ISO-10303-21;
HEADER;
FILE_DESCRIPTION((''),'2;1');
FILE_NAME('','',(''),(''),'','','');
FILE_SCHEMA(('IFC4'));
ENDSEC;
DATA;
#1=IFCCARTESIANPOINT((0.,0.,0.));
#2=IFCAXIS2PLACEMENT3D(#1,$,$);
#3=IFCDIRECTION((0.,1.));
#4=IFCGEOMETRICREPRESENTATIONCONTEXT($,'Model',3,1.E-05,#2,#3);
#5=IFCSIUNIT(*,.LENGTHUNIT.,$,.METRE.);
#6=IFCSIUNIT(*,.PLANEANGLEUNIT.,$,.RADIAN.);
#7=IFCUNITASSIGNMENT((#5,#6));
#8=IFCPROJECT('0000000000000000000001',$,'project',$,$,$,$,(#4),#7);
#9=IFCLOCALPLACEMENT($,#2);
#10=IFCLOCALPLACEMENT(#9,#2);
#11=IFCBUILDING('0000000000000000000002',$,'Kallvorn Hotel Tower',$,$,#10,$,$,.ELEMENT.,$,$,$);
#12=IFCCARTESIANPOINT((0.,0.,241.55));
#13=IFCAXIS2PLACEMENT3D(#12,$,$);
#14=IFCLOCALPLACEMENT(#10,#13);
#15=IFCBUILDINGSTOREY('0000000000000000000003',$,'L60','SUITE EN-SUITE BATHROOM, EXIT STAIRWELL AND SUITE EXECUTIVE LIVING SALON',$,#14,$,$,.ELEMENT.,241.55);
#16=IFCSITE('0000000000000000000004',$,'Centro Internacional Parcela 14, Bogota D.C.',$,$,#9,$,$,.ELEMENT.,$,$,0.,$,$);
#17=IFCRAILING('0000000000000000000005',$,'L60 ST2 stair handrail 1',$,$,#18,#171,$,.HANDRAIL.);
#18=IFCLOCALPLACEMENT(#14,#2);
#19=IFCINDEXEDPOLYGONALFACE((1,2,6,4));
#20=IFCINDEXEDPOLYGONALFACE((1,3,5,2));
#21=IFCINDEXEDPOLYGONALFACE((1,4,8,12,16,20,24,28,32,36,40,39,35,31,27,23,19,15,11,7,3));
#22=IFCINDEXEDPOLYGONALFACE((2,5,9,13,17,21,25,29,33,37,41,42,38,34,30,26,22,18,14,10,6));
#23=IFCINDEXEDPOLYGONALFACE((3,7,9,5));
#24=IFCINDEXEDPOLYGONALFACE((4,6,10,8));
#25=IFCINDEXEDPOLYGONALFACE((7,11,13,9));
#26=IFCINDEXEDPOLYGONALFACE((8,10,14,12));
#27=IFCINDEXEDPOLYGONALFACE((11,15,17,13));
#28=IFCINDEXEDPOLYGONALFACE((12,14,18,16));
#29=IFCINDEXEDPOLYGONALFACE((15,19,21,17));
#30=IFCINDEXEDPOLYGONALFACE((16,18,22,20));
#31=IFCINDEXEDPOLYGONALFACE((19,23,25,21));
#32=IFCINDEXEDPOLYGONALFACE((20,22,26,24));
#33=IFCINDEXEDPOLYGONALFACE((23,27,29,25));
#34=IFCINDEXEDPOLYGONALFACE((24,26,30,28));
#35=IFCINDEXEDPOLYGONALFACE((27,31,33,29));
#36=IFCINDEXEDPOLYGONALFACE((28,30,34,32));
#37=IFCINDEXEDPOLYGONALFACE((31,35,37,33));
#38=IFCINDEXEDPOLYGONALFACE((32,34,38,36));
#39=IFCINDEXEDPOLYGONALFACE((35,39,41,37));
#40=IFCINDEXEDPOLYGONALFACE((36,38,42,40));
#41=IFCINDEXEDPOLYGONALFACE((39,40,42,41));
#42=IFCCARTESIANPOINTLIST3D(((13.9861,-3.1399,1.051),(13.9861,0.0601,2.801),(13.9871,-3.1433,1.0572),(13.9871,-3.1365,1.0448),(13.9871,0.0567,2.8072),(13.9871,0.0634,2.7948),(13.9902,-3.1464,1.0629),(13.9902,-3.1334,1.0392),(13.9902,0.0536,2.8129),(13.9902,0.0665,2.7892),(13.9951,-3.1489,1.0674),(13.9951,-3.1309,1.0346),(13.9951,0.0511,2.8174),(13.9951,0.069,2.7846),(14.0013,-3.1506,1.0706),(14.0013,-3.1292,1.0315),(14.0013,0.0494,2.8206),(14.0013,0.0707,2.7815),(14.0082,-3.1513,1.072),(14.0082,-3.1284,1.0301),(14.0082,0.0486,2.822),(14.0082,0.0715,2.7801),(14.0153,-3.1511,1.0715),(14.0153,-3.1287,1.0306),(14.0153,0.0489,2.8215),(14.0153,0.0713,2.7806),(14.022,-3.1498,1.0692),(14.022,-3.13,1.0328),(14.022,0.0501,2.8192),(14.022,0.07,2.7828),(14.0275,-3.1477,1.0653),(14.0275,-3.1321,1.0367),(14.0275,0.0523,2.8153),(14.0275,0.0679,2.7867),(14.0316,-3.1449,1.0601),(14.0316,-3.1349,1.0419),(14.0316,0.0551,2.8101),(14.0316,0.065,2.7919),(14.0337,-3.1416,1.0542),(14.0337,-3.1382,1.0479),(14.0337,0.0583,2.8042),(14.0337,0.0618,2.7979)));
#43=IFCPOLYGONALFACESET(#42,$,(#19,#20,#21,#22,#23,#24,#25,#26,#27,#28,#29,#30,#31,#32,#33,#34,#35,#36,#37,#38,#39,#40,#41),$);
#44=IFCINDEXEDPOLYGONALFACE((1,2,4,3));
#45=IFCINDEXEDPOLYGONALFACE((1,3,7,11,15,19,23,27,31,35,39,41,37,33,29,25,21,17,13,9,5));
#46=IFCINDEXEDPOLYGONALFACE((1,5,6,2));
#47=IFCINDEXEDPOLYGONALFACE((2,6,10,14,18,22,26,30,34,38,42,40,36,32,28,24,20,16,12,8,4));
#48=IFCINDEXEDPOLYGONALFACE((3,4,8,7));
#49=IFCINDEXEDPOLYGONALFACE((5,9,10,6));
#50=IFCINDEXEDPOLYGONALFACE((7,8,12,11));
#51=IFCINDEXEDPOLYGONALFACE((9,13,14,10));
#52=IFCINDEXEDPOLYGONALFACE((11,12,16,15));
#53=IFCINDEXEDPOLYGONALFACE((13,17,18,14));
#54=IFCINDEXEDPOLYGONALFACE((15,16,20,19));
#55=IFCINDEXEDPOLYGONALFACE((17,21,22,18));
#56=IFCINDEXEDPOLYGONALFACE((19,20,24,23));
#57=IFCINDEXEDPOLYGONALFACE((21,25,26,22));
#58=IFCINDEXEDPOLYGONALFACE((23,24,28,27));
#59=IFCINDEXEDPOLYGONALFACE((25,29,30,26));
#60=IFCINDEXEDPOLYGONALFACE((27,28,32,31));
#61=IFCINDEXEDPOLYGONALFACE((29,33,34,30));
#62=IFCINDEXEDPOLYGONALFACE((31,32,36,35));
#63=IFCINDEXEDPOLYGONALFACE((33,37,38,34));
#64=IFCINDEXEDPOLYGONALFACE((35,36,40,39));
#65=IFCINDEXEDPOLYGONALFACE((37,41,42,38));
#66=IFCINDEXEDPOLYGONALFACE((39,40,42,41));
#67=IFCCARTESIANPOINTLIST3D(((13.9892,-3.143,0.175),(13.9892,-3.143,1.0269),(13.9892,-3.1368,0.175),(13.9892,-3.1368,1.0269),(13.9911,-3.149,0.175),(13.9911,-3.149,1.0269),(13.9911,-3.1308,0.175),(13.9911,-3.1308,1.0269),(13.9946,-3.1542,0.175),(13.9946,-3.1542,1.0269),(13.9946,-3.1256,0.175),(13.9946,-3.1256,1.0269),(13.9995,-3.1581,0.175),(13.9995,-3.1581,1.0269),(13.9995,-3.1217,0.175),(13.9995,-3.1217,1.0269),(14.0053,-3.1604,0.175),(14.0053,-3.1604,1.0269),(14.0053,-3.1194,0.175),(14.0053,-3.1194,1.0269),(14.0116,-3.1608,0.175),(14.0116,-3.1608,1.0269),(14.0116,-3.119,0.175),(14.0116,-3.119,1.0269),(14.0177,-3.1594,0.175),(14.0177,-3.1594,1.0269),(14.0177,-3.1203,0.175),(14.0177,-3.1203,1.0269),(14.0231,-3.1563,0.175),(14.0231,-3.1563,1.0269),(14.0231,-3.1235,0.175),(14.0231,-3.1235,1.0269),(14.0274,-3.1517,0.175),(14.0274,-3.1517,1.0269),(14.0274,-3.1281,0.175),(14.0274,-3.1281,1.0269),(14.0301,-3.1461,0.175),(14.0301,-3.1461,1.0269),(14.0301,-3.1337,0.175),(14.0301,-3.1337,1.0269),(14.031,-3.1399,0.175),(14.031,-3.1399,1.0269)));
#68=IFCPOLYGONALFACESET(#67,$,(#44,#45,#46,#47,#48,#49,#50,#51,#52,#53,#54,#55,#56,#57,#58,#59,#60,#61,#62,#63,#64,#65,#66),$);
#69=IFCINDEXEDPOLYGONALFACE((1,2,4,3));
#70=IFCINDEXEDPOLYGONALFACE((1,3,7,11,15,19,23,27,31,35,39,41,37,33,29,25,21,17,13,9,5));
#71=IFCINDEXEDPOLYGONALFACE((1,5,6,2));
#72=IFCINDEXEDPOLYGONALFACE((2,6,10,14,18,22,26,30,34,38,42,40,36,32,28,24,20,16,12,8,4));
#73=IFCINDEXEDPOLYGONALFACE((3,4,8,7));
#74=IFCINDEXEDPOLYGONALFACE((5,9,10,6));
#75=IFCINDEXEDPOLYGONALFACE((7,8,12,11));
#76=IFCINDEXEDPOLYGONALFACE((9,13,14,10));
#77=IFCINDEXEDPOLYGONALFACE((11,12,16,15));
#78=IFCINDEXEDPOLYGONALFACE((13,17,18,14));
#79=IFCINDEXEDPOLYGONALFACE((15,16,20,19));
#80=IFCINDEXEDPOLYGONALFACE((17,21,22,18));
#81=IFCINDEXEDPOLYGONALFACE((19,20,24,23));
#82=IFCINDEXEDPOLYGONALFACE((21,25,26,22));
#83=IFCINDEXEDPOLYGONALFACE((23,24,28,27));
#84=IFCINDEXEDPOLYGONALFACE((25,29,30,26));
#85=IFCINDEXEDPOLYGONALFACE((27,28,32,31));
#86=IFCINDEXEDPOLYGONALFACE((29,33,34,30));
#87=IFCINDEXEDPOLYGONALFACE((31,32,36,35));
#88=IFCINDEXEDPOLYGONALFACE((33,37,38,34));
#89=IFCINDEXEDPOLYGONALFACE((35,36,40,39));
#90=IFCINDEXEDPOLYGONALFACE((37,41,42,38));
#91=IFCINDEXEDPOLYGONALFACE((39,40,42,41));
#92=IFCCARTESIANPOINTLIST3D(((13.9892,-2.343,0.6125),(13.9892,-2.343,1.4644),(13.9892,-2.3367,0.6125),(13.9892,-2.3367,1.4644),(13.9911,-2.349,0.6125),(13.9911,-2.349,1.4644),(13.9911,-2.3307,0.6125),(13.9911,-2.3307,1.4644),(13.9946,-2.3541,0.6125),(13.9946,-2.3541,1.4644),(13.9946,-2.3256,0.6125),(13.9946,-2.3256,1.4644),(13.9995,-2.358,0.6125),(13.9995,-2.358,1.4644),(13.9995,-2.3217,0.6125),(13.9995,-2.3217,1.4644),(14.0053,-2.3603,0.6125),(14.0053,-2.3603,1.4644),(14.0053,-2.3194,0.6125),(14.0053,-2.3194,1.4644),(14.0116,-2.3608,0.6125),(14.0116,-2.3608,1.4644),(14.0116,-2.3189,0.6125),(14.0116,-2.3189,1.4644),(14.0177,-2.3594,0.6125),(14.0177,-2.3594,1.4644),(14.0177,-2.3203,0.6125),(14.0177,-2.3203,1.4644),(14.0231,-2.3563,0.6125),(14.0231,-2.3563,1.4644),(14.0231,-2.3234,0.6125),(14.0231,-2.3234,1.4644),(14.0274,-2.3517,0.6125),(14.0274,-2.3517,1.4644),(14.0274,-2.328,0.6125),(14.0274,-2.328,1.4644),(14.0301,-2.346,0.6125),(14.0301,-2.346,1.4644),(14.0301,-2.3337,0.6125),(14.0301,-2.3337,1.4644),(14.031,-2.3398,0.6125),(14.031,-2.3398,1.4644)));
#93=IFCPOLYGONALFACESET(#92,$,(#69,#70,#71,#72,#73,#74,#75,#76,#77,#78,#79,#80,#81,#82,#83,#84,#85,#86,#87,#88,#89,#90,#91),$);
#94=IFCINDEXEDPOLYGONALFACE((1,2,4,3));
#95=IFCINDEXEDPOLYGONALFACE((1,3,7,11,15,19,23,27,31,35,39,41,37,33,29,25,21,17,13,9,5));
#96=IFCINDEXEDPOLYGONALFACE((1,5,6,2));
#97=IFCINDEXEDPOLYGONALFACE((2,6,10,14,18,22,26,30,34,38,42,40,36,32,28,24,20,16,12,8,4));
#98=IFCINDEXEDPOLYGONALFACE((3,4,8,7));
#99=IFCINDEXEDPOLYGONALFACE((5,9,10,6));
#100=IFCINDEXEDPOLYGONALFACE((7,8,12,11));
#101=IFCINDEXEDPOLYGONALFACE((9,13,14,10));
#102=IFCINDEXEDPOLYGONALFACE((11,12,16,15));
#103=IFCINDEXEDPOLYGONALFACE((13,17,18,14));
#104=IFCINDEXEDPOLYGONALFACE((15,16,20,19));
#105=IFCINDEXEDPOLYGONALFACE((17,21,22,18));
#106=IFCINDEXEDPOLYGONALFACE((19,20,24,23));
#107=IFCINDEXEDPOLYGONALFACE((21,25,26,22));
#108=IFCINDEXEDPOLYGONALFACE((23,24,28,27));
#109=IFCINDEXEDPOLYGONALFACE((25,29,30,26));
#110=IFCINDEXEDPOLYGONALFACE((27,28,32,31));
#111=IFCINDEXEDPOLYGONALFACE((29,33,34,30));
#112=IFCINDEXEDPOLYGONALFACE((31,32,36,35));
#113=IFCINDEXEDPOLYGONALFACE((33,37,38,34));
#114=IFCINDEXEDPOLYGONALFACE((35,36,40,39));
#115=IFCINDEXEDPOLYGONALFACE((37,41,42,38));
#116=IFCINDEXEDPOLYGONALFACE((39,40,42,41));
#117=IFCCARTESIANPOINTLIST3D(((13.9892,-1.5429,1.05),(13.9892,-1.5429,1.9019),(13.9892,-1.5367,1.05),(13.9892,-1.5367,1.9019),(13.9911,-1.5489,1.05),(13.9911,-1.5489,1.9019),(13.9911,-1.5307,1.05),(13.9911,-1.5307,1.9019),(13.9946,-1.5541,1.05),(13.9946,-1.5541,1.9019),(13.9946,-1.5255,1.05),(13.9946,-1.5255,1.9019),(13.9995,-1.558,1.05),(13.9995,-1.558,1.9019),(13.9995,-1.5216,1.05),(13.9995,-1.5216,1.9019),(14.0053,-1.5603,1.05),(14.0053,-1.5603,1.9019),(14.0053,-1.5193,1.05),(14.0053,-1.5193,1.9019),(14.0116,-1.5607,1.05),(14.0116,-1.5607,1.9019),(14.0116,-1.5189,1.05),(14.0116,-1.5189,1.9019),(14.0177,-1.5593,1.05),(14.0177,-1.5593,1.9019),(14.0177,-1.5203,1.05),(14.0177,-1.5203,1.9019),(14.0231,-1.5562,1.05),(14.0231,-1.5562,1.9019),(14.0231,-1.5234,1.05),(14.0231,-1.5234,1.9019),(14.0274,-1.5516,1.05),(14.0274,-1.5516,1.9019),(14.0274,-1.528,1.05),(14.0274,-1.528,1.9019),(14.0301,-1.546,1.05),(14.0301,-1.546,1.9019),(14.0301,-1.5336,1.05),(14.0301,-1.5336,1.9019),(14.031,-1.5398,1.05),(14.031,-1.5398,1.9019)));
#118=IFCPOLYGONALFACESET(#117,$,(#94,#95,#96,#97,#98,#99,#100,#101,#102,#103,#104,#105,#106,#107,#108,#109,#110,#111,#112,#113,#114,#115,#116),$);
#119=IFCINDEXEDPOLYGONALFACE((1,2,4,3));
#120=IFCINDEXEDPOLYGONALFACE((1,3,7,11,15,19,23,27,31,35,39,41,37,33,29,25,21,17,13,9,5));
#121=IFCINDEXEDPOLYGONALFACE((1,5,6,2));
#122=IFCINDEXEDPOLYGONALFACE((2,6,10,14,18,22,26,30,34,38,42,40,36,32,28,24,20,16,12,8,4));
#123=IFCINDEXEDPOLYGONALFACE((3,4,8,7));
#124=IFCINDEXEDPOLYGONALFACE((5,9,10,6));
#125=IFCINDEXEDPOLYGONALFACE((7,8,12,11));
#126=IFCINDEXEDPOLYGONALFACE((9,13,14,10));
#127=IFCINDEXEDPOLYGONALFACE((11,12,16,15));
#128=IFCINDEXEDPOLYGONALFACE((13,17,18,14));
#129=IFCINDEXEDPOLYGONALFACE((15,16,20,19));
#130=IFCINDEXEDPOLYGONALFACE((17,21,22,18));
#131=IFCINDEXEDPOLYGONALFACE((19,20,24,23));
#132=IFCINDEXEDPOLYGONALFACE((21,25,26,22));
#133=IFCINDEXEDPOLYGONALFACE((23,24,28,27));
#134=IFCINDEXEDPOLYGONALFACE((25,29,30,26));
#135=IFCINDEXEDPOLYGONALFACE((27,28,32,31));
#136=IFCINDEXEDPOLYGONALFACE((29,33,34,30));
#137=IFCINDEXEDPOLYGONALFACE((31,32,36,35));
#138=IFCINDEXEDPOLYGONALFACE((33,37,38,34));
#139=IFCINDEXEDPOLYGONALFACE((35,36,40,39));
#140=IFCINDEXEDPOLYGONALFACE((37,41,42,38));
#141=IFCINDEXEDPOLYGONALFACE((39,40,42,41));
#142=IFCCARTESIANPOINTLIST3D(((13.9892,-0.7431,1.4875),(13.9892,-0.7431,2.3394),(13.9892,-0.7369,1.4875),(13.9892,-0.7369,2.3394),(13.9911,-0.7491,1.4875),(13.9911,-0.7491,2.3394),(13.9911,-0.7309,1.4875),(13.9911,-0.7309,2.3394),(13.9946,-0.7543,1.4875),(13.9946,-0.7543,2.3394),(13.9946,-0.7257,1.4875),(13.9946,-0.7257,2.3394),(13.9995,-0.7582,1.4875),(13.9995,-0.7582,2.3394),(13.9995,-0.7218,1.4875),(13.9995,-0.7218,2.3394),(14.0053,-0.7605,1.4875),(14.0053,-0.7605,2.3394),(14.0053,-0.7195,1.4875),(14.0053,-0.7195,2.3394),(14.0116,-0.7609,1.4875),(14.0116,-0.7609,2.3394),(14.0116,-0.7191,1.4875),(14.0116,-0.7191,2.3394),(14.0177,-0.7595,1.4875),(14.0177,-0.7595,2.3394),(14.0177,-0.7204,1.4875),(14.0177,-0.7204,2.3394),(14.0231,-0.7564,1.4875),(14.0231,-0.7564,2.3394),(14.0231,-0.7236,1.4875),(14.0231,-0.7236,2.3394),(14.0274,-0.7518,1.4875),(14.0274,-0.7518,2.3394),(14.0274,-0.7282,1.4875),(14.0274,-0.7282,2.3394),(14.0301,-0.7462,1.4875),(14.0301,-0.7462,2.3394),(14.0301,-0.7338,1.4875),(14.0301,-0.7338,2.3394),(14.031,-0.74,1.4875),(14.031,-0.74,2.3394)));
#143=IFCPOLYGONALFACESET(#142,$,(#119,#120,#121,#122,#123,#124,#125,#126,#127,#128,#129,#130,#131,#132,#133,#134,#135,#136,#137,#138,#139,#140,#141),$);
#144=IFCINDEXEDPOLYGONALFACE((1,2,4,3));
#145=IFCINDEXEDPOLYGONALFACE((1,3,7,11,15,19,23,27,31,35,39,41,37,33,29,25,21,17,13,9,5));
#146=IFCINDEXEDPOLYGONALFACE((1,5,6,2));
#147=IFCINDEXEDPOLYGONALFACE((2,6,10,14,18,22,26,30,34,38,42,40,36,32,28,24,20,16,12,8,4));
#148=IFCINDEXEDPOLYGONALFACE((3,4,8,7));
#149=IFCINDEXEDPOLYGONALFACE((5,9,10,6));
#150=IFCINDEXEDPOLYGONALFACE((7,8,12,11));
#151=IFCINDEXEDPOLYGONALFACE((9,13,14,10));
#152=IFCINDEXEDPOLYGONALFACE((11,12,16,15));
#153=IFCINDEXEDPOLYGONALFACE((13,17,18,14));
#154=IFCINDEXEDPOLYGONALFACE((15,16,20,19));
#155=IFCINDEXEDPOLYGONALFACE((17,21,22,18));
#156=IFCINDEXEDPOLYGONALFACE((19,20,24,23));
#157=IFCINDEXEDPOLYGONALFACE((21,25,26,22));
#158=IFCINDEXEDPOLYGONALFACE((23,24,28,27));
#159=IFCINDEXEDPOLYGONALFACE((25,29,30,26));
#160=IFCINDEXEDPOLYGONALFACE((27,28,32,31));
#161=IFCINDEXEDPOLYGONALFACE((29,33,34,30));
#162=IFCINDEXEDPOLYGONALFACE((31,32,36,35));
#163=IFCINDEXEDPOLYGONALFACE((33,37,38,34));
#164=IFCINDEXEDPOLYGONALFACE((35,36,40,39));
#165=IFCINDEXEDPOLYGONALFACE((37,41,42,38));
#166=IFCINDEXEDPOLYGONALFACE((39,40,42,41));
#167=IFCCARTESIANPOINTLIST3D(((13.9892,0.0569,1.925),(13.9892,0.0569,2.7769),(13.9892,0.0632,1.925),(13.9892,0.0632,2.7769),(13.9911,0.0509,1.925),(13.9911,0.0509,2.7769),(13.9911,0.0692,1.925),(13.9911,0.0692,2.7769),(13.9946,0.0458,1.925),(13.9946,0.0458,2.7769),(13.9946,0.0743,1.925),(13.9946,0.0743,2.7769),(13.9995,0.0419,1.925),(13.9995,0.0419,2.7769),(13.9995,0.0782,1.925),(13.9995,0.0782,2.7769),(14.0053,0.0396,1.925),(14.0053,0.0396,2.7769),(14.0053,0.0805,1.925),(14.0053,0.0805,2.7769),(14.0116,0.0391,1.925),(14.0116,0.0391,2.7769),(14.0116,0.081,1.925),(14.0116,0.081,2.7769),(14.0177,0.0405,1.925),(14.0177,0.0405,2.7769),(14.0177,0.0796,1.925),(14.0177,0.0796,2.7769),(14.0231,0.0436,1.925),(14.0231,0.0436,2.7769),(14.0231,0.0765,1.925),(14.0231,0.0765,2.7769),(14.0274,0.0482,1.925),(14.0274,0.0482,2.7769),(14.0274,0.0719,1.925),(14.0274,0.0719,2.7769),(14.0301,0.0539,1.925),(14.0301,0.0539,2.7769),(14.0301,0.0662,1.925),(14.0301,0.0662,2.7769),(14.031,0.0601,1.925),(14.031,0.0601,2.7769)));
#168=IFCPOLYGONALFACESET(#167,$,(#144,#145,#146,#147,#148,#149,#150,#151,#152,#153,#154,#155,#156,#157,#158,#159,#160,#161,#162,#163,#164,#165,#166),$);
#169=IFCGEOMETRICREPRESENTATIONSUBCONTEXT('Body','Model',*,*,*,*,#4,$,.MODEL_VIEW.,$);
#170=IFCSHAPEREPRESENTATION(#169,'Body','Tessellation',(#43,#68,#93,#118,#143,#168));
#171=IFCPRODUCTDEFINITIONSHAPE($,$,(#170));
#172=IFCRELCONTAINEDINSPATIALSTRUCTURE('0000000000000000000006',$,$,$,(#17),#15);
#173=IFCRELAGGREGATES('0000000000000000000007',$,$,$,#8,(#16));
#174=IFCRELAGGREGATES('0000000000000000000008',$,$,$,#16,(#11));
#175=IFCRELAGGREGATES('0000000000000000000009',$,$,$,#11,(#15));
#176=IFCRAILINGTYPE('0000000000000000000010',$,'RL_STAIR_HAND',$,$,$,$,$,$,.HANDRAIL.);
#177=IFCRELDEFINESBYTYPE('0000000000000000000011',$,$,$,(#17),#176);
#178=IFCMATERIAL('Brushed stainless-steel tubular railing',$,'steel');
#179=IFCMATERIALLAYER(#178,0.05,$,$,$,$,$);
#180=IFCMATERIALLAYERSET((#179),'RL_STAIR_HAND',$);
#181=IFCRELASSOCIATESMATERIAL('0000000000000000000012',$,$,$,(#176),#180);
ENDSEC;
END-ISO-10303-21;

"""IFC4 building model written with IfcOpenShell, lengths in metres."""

from ifc_helpers import new_model, si_unit, direction, frame, origin, origin_2d, place, context, subcontext, project, spatial, circle, extrude, material, layer, layer_set, type_object, element, save


model = new_model("IFC4")

# Units and contexts
model_context = context("Model", 3, precision=1e-05, world=origin(), true_north=direction((0.0, 1.0)))
body_context = subcontext(model_context, "Body", "Model", "MODEL_VIEW")
ifc_project = project(units=[si_unit("LENGTHUNIT", "METRE"), si_unit("PLANEANGLEUNIT", "RADIAN")], contexts=[model_context])

# Site, building, storey
site_placement = place(None, origin())
site = spatial("IfcSite", under=ifc_project, at=site_placement, Name="Centro Internacional Parcela 14, Bogota D.C.", CompositionType="ELEMENT", RefElevation=0.0)
building_placement = place(site_placement, origin())
building = spatial("IfcBuilding", under=site, at=building_placement, Name="Kallvorn Hotel Tower", CompositionType="ELEMENT")
storey_placement = place(building_placement, frame((0.0, 0.0, 241.55)))
storey = spatial("IfcBuildingStorey", under=building, at=storey_placement, Name="L60", Description="SUITE EN-SUITE BATHROOM, EXIT STAIRWELL AND SUITE EXECUTIVE LIVING SALON", CompositionType="ELEMENT", Elevation=241.55)

# Railing
ifc_material_1 = material(Name="Brushed stainless-steel tubular railing", Category="steel")
ifc_layer_1 = layer(ifc_material_1, 0.05)
ifc_layer_set_1 = layer_set([ifc_layer_1], Name="RL_STAIR_HAND")
railing_type_1 = type_object("IfcRailingType", Name="RL_STAIR_HAND", PredefinedType="HANDRAIL", material=ifc_layer_set_1)
railing_1_placement = place(storey_placement, frame((14.01, -3.1399, 0.175)))
element("IfcRailing", 1, at=railing_1_placement, inside=storey, type_object=railing_type_1, Name="L60 ST2 stair handrail 1", PredefinedType="HANDRAIL", context=body_context, shape_type="SweptSolid", body=[
    extrude(circle(Radius=0.0239, at=origin_2d()), frame((0.0, 0.0, 0.876), z_axis=(0.0, 0.877368, 0.479818), x_axis=(-1.0, 0.0, 0.0)), (0.0, 0.0, 1.0), 3.6472),
    extrude(circle(Radius=0.021, at=origin_2d()), origin(), (0.0, 0.0, 1.0), 0.8518),
    extrude(circle(Radius=0.021, at=origin_2d()), frame((0.0, 0.8, 0.4375)), (0.0, 0.0, 1.0), 0.8518),
    extrude(circle(Radius=0.021, at=origin_2d()), frame((0.0, 1.6001, 0.875)), (0.0, 0.0, 1.0), 0.8518),
    extrude(circle(Radius=0.021, at=origin_2d()), frame((0.0, 2.3999, 1.3125)), (0.0, 0.0, 1.0), 0.8518),
    extrude(circle(Radius=0.021, at=origin_2d()), frame((0.0, 3.2, 1.75)), (0.0, 0.0, 1.0), 0.8518),
])

save(model, "model.ifc")
